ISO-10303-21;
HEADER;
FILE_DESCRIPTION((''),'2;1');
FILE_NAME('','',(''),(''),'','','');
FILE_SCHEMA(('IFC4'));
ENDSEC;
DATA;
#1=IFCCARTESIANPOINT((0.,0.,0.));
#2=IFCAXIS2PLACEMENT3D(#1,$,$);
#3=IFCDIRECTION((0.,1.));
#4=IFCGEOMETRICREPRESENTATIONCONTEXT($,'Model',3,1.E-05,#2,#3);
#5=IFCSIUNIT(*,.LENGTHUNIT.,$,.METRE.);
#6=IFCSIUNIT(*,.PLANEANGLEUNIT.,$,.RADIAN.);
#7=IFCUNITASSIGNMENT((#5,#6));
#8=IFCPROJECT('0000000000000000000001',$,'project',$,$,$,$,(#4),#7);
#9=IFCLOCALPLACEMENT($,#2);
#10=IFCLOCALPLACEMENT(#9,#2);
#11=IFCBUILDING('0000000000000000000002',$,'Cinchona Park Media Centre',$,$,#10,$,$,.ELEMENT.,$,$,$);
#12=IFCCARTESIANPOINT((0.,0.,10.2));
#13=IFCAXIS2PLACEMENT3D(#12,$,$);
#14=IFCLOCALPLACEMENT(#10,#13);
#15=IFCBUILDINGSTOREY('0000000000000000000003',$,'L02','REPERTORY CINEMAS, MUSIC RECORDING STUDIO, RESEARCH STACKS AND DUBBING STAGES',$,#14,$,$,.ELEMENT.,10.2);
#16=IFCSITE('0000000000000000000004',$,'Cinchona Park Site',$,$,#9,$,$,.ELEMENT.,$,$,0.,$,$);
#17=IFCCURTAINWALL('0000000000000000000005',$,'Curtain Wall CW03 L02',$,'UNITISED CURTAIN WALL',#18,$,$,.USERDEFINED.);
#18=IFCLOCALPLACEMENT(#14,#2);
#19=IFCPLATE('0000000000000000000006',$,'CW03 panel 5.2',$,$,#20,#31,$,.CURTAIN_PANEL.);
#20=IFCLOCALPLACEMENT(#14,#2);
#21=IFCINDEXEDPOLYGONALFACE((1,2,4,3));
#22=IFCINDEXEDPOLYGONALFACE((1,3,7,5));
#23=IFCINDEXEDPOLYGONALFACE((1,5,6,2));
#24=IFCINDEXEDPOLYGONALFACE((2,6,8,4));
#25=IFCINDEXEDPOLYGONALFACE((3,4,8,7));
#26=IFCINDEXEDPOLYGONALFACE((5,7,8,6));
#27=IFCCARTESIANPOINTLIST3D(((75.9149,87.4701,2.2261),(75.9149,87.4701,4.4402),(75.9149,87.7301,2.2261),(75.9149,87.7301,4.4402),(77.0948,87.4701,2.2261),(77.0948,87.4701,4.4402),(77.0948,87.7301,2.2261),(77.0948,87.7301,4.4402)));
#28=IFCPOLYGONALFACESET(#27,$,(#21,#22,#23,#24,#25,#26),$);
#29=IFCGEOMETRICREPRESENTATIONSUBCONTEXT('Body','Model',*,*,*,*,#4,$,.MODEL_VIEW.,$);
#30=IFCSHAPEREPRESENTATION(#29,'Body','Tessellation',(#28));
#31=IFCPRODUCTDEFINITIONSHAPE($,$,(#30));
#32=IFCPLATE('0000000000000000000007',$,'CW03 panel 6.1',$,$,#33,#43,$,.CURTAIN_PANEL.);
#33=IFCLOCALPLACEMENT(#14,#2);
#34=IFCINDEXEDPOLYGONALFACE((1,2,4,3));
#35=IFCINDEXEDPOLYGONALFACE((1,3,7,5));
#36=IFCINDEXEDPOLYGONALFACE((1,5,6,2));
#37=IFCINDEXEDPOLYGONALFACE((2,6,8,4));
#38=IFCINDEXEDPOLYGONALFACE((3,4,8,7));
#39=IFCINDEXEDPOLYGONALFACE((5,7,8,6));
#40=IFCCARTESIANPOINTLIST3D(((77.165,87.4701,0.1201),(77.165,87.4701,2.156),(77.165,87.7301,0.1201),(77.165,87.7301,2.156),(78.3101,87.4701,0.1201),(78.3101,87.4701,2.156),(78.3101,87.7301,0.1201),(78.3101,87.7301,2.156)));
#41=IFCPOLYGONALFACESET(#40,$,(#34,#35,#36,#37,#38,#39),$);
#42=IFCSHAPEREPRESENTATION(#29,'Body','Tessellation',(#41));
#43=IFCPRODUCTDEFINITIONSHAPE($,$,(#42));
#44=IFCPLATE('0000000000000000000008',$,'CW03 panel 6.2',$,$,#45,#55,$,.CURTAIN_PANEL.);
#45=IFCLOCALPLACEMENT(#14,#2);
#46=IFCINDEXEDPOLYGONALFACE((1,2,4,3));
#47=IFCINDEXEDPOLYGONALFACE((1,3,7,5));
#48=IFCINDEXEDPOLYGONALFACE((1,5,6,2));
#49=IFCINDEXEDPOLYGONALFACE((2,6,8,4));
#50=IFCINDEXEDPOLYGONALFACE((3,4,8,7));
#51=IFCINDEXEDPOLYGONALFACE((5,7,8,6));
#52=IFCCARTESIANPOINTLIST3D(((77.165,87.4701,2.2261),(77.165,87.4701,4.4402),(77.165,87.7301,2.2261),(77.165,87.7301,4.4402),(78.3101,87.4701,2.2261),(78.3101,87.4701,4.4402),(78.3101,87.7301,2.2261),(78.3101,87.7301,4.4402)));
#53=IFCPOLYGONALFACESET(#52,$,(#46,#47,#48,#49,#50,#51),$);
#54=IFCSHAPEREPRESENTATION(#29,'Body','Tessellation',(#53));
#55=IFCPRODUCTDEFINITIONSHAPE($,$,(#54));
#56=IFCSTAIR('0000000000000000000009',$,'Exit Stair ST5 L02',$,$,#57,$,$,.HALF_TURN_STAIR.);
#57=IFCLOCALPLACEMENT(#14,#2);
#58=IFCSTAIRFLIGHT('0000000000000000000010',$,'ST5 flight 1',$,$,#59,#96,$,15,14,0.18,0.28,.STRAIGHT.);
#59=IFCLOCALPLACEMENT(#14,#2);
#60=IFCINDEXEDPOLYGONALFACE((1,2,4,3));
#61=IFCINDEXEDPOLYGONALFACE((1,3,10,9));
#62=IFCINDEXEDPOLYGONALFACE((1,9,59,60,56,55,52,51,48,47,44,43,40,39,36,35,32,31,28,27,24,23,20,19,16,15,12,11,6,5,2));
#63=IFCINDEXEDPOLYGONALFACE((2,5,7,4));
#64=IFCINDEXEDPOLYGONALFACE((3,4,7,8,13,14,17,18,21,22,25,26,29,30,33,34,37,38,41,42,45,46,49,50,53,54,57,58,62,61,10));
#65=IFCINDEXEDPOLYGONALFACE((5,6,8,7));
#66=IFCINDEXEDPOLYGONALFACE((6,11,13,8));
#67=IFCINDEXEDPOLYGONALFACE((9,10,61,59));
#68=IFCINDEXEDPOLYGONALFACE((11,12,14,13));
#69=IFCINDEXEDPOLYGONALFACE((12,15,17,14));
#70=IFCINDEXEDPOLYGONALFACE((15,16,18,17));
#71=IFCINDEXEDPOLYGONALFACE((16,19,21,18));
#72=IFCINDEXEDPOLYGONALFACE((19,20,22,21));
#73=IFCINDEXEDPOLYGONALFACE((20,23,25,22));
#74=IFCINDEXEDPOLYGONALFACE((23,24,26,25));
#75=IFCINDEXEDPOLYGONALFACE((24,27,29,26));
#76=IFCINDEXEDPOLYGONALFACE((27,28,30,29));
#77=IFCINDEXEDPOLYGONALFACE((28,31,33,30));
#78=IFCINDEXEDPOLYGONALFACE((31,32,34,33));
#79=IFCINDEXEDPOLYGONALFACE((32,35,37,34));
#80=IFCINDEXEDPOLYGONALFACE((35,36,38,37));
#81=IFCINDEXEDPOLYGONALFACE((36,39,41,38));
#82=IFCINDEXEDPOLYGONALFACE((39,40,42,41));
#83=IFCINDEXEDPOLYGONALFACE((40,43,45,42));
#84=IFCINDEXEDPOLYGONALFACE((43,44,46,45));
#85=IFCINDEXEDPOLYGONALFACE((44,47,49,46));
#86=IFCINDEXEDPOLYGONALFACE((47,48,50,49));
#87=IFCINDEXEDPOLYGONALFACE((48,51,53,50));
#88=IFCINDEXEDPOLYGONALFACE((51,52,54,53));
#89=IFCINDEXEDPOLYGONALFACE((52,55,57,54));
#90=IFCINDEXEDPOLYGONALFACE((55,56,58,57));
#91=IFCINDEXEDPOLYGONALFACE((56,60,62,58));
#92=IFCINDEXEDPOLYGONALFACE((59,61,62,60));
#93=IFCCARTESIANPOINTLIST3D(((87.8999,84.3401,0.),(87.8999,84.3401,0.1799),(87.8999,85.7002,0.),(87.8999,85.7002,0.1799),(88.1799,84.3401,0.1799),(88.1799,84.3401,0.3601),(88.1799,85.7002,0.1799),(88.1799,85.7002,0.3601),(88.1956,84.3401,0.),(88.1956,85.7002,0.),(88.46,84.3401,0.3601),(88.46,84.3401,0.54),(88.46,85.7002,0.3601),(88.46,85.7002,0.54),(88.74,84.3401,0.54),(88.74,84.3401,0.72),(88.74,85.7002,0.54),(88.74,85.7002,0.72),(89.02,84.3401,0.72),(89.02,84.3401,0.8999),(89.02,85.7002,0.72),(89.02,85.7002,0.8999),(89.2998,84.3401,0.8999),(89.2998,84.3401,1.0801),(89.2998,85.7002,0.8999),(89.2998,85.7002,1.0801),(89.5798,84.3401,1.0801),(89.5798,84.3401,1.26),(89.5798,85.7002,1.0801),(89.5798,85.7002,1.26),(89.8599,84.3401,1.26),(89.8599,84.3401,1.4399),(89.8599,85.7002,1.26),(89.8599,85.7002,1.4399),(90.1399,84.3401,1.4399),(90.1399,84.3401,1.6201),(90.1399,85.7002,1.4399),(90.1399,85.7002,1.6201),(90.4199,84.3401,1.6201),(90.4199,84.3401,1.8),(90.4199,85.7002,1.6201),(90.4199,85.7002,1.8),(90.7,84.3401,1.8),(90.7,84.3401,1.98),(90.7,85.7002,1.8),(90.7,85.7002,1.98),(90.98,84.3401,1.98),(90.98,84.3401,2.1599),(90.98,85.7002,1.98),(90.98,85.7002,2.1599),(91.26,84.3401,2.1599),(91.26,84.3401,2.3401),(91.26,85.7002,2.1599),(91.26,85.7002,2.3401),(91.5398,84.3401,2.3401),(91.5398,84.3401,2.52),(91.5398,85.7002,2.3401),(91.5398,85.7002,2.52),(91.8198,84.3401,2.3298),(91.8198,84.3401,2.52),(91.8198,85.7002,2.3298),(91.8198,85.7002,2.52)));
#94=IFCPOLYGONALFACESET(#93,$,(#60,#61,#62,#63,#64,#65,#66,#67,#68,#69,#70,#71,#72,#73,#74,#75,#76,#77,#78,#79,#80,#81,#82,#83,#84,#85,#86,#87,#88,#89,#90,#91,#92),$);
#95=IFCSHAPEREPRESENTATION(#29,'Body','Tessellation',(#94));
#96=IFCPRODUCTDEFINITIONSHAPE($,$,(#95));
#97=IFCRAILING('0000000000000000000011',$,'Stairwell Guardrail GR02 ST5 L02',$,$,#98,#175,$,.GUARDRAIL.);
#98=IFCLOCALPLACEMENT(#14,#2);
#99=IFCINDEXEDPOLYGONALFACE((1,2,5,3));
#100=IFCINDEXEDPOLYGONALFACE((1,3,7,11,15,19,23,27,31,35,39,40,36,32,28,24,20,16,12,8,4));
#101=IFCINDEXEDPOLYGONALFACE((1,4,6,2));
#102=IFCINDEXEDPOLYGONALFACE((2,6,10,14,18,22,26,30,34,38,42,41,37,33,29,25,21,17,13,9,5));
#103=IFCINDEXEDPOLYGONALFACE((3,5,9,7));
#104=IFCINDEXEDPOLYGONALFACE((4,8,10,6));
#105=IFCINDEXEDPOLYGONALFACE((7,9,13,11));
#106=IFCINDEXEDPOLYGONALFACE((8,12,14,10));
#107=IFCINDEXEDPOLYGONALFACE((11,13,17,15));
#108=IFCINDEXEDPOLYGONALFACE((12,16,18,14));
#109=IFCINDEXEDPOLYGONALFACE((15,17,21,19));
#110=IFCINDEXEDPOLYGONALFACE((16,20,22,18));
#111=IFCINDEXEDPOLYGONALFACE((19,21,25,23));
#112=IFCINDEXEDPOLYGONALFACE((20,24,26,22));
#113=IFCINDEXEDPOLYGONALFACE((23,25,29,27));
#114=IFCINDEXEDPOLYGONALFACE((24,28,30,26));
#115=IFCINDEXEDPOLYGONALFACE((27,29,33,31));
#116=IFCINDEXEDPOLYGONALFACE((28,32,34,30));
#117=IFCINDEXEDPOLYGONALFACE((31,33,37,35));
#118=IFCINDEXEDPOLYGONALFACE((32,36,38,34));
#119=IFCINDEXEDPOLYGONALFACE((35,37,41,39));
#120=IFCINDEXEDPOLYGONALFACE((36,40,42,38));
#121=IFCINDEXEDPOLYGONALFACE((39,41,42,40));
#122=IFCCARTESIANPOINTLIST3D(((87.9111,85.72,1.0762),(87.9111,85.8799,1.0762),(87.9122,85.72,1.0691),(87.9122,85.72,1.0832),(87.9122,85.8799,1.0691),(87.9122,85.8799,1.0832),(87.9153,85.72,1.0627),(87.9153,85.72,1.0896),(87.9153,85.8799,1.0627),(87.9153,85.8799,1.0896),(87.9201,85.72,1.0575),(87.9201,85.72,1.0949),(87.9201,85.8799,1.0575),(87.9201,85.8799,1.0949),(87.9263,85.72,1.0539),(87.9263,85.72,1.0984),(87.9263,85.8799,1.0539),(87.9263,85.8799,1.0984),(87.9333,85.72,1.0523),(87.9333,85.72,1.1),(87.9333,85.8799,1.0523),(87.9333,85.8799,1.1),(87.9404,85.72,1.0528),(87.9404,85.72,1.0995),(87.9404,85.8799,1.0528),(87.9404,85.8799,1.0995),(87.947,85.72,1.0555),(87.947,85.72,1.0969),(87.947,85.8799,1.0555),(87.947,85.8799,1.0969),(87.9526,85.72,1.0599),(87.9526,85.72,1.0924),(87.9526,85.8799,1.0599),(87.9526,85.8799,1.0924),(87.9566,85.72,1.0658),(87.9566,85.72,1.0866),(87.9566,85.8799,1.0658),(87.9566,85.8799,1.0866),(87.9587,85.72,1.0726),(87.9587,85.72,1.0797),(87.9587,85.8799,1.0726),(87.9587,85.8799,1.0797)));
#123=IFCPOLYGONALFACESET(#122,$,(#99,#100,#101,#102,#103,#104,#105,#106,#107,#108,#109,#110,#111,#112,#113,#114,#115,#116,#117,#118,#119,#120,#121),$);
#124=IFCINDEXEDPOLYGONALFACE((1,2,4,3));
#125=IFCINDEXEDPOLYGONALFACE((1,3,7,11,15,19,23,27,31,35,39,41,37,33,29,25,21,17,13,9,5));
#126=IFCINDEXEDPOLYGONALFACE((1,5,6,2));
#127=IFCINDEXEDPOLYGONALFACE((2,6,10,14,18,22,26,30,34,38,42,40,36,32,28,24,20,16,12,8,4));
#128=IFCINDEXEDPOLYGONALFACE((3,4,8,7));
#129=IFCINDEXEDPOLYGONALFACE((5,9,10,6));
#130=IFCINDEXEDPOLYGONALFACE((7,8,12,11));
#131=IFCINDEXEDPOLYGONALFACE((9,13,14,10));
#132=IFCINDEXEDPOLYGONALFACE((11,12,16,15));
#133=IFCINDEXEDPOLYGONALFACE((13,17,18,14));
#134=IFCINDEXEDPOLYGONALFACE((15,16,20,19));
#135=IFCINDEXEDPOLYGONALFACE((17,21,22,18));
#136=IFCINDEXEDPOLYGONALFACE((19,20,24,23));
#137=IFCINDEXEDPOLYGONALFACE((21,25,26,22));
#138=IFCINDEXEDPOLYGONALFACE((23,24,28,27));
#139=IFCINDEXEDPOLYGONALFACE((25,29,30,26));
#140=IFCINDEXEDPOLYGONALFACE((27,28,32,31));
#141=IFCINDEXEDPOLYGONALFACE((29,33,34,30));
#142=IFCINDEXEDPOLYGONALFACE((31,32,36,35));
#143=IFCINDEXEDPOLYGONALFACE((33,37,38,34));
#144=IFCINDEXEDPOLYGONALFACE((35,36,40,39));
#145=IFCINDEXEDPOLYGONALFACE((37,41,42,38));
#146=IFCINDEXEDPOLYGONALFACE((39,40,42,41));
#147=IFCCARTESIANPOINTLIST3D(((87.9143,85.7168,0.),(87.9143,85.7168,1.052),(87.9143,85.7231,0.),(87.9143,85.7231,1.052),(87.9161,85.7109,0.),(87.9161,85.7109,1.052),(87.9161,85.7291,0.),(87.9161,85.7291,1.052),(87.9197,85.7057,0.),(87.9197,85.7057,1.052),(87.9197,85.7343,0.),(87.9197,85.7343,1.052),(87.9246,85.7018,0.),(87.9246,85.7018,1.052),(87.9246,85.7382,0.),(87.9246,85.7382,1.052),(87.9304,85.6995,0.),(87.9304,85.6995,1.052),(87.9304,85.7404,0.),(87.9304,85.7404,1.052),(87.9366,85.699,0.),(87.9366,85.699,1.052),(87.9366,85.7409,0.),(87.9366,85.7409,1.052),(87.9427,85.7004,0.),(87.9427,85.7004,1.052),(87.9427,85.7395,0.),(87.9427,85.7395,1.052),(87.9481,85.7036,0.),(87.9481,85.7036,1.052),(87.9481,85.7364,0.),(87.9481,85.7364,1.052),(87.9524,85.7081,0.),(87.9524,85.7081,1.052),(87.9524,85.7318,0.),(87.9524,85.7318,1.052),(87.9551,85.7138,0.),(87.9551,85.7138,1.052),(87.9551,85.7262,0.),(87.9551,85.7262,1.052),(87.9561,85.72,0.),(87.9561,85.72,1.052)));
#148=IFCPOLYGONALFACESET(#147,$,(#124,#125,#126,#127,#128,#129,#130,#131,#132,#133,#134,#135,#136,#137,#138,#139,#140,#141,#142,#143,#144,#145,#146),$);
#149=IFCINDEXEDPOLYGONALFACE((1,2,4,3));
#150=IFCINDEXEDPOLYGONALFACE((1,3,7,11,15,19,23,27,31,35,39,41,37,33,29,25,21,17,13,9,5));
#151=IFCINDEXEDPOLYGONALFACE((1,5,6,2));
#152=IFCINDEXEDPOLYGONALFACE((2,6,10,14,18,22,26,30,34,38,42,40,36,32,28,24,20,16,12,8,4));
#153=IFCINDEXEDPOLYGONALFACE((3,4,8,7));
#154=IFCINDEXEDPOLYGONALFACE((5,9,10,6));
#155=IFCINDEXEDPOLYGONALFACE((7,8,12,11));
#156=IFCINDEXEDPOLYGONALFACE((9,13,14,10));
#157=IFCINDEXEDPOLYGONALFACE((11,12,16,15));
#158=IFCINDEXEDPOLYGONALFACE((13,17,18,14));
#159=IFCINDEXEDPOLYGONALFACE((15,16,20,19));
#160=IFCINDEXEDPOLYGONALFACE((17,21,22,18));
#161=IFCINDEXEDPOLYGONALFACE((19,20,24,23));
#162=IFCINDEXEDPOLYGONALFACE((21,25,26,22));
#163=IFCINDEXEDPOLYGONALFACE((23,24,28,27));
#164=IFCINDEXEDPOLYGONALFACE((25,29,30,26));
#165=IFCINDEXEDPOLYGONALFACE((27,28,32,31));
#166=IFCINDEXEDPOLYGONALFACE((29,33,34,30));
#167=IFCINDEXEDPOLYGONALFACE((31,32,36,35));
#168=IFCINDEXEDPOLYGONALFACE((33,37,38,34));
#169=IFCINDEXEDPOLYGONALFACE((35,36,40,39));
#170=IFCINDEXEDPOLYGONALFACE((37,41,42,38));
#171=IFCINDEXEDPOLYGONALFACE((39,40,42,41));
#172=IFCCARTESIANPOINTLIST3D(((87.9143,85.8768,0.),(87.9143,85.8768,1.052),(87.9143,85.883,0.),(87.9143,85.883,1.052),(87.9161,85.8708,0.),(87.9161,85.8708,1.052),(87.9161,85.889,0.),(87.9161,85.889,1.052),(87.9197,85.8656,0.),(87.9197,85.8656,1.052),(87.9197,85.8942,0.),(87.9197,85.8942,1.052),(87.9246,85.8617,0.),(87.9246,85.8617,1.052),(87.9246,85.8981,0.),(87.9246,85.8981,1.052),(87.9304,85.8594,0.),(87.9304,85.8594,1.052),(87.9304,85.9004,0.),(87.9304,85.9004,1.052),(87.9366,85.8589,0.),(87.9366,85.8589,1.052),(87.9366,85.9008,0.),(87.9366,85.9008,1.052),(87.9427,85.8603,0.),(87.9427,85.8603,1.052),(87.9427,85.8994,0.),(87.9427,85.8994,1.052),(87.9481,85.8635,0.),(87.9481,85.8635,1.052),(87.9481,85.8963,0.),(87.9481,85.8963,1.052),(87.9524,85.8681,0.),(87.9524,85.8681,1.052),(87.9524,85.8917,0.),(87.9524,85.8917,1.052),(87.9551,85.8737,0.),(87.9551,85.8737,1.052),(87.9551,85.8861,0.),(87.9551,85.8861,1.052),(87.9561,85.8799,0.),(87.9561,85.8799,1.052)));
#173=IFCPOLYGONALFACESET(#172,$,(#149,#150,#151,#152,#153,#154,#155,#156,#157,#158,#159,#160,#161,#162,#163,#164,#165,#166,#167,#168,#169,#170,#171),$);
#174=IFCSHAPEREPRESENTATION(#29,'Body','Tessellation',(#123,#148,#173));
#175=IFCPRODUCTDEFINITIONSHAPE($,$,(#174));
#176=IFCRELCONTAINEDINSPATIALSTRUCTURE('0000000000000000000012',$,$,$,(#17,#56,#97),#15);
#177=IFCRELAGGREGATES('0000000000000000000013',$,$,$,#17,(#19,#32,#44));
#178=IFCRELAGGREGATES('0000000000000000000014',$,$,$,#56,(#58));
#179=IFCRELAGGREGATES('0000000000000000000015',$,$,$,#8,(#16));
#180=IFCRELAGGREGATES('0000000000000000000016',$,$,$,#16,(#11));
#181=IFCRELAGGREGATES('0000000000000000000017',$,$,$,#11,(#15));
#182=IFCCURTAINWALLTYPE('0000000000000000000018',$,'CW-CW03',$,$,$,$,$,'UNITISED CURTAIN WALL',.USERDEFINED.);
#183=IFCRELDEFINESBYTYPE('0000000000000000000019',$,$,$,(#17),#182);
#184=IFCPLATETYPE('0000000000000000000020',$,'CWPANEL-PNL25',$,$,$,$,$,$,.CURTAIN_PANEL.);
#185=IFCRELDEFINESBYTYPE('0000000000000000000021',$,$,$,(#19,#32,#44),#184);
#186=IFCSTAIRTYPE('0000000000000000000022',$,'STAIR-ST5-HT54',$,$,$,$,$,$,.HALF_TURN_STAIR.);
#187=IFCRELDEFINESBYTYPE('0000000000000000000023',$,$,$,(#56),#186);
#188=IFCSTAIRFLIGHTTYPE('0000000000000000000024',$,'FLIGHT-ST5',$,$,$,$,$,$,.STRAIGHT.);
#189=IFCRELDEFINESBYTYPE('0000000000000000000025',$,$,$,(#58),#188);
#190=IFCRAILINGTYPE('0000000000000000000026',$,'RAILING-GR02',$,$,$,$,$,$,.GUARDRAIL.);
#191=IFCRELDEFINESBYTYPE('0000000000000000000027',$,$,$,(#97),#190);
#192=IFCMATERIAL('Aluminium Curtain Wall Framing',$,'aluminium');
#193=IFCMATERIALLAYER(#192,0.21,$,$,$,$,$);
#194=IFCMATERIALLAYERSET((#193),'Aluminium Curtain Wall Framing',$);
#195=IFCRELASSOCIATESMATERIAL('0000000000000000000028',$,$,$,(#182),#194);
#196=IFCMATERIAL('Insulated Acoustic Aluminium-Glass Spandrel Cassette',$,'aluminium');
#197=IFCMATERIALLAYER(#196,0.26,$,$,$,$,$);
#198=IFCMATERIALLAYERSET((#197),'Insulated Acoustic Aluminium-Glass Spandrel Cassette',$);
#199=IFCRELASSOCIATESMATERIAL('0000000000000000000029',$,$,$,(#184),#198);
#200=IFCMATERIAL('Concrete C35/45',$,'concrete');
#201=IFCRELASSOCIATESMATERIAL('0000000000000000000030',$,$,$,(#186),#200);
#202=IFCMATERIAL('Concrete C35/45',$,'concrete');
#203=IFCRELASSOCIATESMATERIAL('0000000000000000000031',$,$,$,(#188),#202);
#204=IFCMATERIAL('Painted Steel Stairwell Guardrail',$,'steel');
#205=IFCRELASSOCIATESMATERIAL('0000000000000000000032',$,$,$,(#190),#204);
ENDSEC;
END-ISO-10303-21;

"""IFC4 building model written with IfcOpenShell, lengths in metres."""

from ifc_helpers import new_model, si_unit, direction, frame, origin, origin_2d, place, context, subcontext, project, spatial, polyline, rectangle, circle, outline, extrude, material, layer, layer_set, type_object, element, aggregate, save


model = new_model("IFC4")

# Units and contexts
model_context = context("Model", 3, precision=1e-05, world=origin(), true_north=direction((0.0, 1.0)))
body_context = subcontext(model_context, "Body", "Model", "MODEL_VIEW")
ifc_project = project(units=[si_unit("LENGTHUNIT", "METRE"), si_unit("PLANEANGLEUNIT", "RADIAN")], contexts=[model_context])

# Site, building, storey
site_placement = place(None, origin())
site = spatial("IfcSite", under=ifc_project, at=site_placement, Name="Cinchona Park Site", CompositionType="ELEMENT", RefElevation=0.0)
building_placement = place(site_placement, origin())
building = spatial("IfcBuilding", under=site, at=building_placement, Name="Cinchona Park Media Centre", CompositionType="ELEMENT")
storey_placement = place(building_placement, frame((0.0, 0.0, 10.2)))
storey = spatial("IfcBuildingStorey", under=building, at=storey_placement, Name="L02", Description="REPERTORY CINEMAS, MUSIC RECORDING STUDIO, RESEARCH STACKS AND DUBBING STAGES", CompositionType="ELEMENT", Elevation=10.2)

# Curtain wall, plates
ifc_material_1 = material(Name="Aluminium Curtain Wall Framing", Category="aluminium")
ifc_layer_1 = layer(ifc_material_1, 0.21)
ifc_layer_set_1 = layer_set([ifc_layer_1], Name="Aluminium Curtain Wall Framing")
curtain_wall_type_1 = type_object("IfcCurtainWallType", Name="CW-CW03", ElementType="UNITISED CURTAIN WALL", PredefinedType="USERDEFINED", material=ifc_layer_set_1)
curtain_wall_1_placement = place(storey_placement, origin())
curtain_wall_1 = element("IfcCurtainWall", 1, at=curtain_wall_1_placement, inside=storey, type_object=curtain_wall_type_1, Name="Curtain Wall CW03 L02", ObjectType="UNITISED CURTAIN WALL", PredefinedType="USERDEFINED")
ifc_material_2 = material(Name="Insulated Acoustic Aluminium-Glass Spandrel Cassette", Category="aluminium")
ifc_layer_2 = layer(ifc_material_2, 0.26)
ifc_layer_set_2 = layer_set([ifc_layer_2], Name="Insulated Acoustic Aluminium-Glass Spandrel Cassette")
plate_type = type_object("IfcPlateType", Name="CWPANEL-PNL25", PredefinedType="CURTAIN_PANEL", material=ifc_layer_set_2)
plate_1_placement = place(storey_placement, frame((76.5049, 87.6001, 2.2261), z_axis=(0.0, 0.0, 1.0), x_axis=(1.0, 0.0, 0.0)))
plate_1 = element("IfcPlate", 2, at=plate_1_placement, type_object=plate_type, Name="CW03 panel 5.2", PredefinedType="CURTAIN_PANEL", context=body_context, shape_type="SweptSolid", body=[
    extrude(rectangle(XDim=1.1799, YDim=0.26, at=origin_2d()), origin(), (0.0, 0.0, 1.0), 2.2141),
])
plate_2_placement = place(storey_placement, frame((77.7375, 87.6001, 0.1201), z_axis=(0.0, 0.0, 1.0), x_axis=(1.0, 0.0, 0.0)))
plate_2 = element("IfcPlate", 3, at=plate_2_placement, type_object=plate_type, Name="CW03 panel 6.1", PredefinedType="CURTAIN_PANEL", context=body_context, shape_type="SweptSolid", body=[
    extrude(rectangle(XDim=1.145, YDim=0.26, at=origin_2d()), origin(), (0.0, 0.0, 1.0), 2.0359),
])
plate_3_placement = place(storey_placement, frame((77.7375, 87.6001, 2.2261), z_axis=(0.0, 0.0, 1.0), x_axis=(1.0, 0.0, 0.0)))
plate_3 = element("IfcPlate", 4, at=plate_3_placement, type_object=plate_type, Name="CW03 panel 6.2", PredefinedType="CURTAIN_PANEL", context=body_context, shape_type="SweptSolid", body=[
    extrude(rectangle(XDim=1.145, YDim=0.26, at=origin_2d()), origin(), (0.0, 0.0, 1.0), 2.2141),
])
aggregate(curtain_wall_1, [plate_1, plate_2, plate_3])

# Stair, stair flight
ifc_material_3 = material(Name="Concrete C35/45", Category="concrete")
stair_type = type_object("IfcStairType", Name="STAIR-ST5-HT54", PredefinedType="HALF_TURN_STAIR", material=ifc_material_3)
stair_placement = place(storey_placement, origin())
stair = element("IfcStair", 5, at=stair_placement, inside=storey, type_object=stair_type, Name="Exit Stair ST5 L02", PredefinedType="HALF_TURN_STAIR")
ifc_material_4 = material(Name="Concrete C35/45", Category="concrete")
stair_flight_type = type_object("IfcStairFlightType", Name="FLIGHT-ST5", PredefinedType="STRAIGHT", material=ifc_material_4)
stair_flight_placement = place(storey_placement, frame((87.8999, 85.02, 0.0), z_axis=(0.0, 0.0, 1.0), x_axis=(1.0, 0.0, 0.0)))
stair_flight = element("IfcStairFlight", 6, at=stair_flight_placement, type_object=stair_flight_type, Name="ST5 flight 1", NumberOfRisers=15, NumberOfTreads=14, PredefinedType="STRAIGHT", RiserHeight=0.18, TreadLength=0.28, context=body_context, shape_type="SweptSolid", body=[
    extrude(outline(polyline([(0.0, 0.0), (0.0, 0.1799), (0.28, 0.1799), (0.28, 0.3601), (0.5601, 0.3601), (0.5601, 0.54), (0.8401, 0.54), (0.8401, 0.72), (1.1201, 0.72), (1.1201, 0.8999), (1.3999, 0.8999), (1.3999, 1.0801), (1.6799, 1.0801), (1.6799, 1.26), (1.96, 1.26), (1.96, 1.4399), (2.24, 1.4399), (2.24, 1.6201), (2.52, 1.6201), (2.52, 1.8), (2.8, 1.8), (2.8, 1.98), (3.0801, 1.98), (3.0801, 2.1599), (3.3601, 2.1599), (3.3601, 2.3401), (3.6399, 2.3401), (3.6399, 2.52), (3.9199, 2.52), (3.9199, 2.7), (3.9199, 2.3298), (0.2957, 0.0), (0.0, 0.0)])), frame((0.0, 0.6802, 0.0), z_axis=(0.0, -1.0, 0.0), x_axis=(1.0, 0.0, 0.0)), (0.0, 0.0, 1.0), 1.3601),
])
aggregate(stair, [stair_flight])

# Railing
ifc_material_5 = material(Name="Painted Steel Stairwell Guardrail", Category="steel")
railing_type_1 = type_object("IfcRailingType", Name="RAILING-GR02", PredefinedType="GUARDRAIL", material=ifc_material_5)
railing_1_placement = place(storey_placement, frame((87.9351, 85.72, 0.0)))
element("IfcRailing", 7, at=railing_1_placement, inside=storey, type_object=railing_type_1, Name="Stairwell Guardrail GR02 ST5 L02", PredefinedType="GUARDRAIL", context=body_context, shape_type="SweptSolid", body=[
    extrude(circle(Radius=0.0239, at=origin_2d()), frame((0.0, 0.0, 1.0762), z_axis=(0.0, 1.0, 0.0), x_axis=(-1.0, 0.0, 0.0)), (0.0, 0.0, 1.0), 0.1599),
    extrude(circle(Radius=0.021, at=origin_2d()), origin(), (0.0, 0.0, 1.0), 1.052),
    extrude(circle(Radius=0.021, at=origin_2d()), frame((0.0, 0.1599, 0.0)), (0.0, 0.0, 1.0), 1.052),
])

save(model, "model.ifc")
